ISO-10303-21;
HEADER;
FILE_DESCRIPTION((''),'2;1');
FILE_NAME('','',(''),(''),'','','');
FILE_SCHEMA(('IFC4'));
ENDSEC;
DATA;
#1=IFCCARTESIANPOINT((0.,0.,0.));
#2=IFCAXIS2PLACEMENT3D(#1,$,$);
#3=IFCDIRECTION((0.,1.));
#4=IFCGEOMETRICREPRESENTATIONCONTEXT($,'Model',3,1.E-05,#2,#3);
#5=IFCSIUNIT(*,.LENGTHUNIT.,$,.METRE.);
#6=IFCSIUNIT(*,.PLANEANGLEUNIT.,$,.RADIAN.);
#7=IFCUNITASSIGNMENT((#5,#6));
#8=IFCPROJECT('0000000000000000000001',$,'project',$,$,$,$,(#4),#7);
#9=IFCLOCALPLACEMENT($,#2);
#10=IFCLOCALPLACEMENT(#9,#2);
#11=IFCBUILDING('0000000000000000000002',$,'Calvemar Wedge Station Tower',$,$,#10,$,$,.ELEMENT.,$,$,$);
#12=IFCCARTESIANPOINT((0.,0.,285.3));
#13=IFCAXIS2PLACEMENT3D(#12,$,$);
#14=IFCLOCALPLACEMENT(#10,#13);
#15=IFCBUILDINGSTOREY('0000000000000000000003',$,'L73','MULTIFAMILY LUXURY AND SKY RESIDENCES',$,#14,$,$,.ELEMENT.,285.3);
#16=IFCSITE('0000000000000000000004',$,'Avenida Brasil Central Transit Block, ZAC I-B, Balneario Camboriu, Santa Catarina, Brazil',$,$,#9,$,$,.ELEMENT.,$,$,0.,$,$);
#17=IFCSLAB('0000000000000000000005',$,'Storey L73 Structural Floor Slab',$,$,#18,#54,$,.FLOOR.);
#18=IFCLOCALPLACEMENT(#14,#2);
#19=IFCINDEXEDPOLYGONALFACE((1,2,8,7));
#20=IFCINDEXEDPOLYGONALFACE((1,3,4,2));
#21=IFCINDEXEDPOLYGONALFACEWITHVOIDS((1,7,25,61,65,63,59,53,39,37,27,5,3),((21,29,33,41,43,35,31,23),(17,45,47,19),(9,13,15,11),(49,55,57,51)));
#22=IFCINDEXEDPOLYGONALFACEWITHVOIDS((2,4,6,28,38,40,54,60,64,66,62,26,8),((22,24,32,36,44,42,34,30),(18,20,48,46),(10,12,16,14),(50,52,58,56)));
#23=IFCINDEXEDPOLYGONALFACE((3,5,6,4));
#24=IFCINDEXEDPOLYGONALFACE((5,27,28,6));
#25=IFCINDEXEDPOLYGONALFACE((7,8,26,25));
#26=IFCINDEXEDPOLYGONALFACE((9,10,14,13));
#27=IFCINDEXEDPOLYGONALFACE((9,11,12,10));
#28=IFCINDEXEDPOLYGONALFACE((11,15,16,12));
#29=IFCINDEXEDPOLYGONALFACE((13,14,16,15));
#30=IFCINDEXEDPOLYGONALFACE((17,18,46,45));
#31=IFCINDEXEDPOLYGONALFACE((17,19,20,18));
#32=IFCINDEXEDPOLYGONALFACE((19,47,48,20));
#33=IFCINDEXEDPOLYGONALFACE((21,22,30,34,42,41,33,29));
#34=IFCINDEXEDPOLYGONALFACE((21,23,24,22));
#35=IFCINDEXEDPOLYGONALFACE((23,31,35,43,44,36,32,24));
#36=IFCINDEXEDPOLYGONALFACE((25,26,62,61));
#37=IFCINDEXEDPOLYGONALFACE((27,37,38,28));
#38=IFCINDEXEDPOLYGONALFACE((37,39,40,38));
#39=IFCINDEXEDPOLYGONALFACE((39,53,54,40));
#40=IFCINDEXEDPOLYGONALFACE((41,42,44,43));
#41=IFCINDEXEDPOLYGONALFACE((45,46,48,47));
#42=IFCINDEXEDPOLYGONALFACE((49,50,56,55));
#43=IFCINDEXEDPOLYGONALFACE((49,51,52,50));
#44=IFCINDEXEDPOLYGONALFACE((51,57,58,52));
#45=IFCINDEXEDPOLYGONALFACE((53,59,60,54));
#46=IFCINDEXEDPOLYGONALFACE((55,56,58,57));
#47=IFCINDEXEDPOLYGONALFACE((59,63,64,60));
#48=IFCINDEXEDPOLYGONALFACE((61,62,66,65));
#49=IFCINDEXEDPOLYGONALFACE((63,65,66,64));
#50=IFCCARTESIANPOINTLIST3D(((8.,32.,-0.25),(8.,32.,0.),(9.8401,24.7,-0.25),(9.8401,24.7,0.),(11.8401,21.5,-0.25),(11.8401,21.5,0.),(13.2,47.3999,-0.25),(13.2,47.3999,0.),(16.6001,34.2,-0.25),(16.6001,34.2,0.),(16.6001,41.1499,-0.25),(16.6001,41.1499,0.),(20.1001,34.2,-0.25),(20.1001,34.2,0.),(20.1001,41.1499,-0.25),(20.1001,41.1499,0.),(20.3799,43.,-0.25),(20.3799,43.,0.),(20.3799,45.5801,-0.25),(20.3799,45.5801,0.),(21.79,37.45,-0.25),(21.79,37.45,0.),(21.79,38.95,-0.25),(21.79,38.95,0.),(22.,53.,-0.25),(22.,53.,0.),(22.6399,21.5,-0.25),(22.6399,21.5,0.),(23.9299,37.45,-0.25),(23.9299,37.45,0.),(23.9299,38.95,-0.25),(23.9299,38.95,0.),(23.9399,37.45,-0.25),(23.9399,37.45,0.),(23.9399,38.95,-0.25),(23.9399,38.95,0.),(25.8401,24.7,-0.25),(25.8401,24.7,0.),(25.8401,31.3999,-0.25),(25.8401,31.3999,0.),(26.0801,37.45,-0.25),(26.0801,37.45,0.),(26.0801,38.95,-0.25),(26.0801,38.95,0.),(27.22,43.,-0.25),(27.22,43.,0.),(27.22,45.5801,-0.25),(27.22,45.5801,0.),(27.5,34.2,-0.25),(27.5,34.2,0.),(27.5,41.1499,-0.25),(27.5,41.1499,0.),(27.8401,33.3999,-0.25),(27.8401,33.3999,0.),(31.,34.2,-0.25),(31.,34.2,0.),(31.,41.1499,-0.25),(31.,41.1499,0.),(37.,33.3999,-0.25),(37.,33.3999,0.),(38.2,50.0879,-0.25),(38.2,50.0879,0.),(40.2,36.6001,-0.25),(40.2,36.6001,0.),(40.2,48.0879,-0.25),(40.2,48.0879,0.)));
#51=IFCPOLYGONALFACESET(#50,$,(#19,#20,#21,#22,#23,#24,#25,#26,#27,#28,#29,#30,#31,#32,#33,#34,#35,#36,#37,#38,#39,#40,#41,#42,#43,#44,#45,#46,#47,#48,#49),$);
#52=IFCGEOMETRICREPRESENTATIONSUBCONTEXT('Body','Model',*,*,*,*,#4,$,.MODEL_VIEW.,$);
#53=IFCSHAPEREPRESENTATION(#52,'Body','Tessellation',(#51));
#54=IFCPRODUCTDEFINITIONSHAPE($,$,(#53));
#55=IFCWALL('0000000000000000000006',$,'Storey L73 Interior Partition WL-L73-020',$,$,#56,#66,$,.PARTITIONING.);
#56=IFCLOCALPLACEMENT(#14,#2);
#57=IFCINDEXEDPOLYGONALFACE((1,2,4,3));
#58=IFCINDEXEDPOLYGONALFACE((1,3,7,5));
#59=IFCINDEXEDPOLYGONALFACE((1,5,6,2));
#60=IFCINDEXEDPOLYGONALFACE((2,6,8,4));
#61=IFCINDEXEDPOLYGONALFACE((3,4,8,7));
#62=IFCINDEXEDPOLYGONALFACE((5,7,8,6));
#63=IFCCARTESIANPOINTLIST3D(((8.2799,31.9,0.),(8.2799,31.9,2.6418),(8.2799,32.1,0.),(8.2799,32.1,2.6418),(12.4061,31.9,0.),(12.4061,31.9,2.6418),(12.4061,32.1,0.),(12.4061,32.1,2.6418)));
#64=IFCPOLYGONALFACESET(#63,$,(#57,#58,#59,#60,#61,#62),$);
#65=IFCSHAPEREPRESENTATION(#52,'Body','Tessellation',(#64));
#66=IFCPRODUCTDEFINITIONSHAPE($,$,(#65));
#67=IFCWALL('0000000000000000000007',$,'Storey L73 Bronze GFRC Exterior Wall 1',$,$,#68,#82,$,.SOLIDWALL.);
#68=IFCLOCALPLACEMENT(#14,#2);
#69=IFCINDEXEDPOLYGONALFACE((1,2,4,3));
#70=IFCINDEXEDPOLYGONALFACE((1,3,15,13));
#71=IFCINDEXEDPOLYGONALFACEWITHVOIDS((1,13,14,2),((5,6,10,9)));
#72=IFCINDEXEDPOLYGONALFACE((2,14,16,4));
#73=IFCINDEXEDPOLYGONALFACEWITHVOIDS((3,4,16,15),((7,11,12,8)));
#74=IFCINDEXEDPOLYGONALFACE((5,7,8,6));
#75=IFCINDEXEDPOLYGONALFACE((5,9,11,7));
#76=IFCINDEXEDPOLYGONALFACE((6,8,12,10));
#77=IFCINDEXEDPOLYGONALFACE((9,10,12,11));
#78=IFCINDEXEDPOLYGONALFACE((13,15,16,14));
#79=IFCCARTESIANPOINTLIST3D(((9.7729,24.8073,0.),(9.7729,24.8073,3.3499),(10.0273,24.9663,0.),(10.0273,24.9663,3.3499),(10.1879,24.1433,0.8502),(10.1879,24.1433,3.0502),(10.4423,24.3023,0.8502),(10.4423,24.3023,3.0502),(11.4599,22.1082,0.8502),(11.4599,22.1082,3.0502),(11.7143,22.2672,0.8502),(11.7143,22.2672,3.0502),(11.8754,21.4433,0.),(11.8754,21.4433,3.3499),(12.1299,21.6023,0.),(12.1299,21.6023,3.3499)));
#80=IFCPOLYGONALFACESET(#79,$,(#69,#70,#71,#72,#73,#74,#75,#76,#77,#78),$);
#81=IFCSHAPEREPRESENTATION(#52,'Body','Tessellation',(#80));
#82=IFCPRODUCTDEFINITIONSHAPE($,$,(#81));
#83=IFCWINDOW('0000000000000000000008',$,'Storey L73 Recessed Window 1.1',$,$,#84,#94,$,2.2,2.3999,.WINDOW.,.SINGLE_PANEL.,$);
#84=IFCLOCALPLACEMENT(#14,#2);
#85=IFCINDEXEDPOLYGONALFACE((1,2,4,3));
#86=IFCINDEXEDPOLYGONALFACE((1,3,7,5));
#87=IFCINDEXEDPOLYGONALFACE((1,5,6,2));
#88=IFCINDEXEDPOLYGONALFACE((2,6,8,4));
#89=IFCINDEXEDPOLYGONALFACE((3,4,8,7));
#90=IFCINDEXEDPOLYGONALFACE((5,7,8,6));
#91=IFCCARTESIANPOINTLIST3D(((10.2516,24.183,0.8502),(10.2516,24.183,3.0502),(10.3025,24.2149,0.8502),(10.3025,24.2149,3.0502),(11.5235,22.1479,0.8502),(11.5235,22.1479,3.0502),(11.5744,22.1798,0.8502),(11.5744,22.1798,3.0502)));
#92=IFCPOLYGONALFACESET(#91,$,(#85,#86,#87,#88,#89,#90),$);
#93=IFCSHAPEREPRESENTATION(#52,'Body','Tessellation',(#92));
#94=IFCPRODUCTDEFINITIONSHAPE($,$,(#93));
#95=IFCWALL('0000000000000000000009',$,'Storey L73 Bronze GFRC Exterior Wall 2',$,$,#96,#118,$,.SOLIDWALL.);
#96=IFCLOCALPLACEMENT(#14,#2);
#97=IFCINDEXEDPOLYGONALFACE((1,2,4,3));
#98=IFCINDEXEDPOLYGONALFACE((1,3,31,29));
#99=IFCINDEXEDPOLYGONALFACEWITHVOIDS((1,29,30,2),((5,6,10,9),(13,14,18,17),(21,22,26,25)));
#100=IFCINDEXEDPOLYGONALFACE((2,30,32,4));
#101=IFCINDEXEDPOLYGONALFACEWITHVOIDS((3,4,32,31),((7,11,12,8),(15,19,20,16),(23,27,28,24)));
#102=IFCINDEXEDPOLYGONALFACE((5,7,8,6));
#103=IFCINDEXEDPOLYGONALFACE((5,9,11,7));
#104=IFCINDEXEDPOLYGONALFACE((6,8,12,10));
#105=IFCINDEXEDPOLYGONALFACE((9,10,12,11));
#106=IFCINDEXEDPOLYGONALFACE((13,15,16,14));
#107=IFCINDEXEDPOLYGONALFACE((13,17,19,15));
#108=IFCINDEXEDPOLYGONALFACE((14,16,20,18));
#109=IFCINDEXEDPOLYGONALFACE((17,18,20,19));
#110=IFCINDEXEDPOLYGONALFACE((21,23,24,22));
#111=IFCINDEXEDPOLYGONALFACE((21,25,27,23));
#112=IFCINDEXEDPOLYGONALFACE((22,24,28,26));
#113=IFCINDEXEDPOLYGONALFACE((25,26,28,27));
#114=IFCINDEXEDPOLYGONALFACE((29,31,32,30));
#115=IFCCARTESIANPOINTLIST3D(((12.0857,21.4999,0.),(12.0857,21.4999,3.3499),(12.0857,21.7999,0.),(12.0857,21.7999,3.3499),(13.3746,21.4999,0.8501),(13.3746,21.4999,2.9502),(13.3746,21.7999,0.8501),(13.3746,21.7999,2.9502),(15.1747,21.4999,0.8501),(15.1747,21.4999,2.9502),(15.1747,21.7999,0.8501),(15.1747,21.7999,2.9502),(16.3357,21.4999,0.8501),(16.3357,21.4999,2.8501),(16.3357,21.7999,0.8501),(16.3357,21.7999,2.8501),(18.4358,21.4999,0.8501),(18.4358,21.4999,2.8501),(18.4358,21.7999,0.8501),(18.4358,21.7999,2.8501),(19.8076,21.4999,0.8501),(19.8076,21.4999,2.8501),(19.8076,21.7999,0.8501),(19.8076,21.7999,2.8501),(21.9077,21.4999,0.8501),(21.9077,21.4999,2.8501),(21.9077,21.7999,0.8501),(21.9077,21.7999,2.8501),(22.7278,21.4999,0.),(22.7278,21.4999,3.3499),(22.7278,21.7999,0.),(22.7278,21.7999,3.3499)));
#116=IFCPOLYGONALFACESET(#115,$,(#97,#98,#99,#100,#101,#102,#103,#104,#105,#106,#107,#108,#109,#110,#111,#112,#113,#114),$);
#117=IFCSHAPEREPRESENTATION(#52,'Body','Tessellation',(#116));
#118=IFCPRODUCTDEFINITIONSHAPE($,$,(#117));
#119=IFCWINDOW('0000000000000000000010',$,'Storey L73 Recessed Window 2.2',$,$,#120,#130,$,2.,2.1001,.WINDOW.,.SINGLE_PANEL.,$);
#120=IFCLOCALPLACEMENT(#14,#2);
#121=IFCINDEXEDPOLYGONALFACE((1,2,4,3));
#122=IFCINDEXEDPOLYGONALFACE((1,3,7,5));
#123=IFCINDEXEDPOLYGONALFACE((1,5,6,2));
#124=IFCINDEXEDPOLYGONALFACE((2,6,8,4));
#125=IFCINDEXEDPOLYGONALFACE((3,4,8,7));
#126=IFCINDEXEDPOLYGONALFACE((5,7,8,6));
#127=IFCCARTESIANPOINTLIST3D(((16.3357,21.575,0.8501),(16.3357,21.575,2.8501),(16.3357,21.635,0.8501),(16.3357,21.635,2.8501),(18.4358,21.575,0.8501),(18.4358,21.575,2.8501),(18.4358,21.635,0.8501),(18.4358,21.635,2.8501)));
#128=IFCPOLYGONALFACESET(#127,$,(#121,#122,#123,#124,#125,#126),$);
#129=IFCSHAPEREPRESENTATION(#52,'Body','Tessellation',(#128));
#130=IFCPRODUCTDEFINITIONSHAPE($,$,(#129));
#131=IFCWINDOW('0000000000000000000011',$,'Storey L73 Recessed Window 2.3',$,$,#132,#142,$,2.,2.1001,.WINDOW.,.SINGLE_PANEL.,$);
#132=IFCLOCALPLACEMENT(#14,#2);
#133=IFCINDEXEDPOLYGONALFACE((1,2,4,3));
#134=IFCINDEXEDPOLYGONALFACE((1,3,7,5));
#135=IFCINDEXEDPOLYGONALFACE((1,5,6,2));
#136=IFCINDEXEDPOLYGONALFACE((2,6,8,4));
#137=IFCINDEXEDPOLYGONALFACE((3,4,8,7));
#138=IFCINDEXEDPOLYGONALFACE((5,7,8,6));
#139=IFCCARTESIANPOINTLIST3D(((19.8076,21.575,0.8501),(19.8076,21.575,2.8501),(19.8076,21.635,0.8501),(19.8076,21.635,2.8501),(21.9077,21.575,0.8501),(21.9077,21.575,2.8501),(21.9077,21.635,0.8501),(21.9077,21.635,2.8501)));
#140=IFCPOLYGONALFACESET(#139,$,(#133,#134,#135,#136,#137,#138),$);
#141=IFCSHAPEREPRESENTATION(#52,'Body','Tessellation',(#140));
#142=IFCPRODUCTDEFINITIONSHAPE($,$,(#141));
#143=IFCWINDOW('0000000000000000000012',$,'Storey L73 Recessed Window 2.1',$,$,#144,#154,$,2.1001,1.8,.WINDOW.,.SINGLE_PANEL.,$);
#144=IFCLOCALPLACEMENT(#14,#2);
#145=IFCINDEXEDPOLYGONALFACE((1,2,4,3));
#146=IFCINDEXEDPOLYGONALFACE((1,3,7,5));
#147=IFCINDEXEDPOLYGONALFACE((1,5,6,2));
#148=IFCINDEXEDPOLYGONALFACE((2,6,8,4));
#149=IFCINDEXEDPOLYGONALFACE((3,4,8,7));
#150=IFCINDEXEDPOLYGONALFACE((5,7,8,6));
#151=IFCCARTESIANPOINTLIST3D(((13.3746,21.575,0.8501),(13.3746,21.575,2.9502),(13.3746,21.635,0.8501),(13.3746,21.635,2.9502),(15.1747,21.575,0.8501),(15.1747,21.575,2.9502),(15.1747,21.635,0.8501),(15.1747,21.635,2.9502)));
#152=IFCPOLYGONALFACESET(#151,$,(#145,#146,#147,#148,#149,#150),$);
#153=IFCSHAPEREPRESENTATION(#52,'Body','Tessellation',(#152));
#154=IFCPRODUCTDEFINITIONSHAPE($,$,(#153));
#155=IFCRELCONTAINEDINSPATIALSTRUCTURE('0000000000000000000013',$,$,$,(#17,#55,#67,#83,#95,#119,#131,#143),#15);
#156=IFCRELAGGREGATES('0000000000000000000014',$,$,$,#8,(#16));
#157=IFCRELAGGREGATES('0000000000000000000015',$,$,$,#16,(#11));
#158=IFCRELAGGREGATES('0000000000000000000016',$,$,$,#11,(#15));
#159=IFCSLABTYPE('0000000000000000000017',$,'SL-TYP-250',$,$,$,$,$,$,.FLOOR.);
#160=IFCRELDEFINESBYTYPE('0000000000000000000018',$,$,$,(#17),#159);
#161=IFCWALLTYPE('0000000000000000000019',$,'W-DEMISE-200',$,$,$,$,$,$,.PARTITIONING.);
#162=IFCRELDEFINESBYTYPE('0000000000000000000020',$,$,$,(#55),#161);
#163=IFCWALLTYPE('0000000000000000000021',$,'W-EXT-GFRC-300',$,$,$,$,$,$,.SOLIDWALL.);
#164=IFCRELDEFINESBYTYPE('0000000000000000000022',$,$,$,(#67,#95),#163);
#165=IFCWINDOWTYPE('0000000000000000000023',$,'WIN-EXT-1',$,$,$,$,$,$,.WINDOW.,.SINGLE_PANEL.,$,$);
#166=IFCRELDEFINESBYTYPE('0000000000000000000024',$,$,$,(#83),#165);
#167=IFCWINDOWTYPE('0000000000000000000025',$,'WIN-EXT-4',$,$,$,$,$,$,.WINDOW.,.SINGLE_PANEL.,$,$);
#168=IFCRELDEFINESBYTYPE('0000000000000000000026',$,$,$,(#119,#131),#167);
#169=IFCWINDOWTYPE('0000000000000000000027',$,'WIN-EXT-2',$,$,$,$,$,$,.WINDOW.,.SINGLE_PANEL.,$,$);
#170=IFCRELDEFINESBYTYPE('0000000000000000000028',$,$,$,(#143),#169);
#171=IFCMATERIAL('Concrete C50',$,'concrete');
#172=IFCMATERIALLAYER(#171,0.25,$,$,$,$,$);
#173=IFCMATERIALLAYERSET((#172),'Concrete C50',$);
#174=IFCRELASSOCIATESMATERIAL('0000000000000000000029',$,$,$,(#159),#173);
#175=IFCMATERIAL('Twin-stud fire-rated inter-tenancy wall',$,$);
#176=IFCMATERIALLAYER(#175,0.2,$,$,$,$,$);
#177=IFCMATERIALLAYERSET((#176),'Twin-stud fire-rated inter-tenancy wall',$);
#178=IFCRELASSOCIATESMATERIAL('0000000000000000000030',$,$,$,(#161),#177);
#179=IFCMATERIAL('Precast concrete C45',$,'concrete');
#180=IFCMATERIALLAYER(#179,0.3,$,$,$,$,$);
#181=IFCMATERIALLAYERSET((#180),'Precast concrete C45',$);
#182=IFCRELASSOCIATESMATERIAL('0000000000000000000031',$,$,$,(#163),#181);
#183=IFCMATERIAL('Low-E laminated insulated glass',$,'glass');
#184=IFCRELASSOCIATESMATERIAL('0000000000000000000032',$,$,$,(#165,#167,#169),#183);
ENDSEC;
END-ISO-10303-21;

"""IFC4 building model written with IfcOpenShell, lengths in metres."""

from ifc_helpers import new_model, si_unit, direction, frame, frame_2d, origin, place, context, subcontext, project, spatial, polyline, rectangle, outline, extrude, source, transform, mapped, material, layer, layer_set, type_object, element, fill, save


model = new_model("IFC4")

# Units and contexts
model_context = context("Model", 3, precision=1e-05, world=origin(), true_north=direction((0.0, 1.0)))
body_context = subcontext(model_context, "Body", "Model", "MODEL_VIEW")
ifc_project = project(units=[si_unit("LENGTHUNIT", "METRE"), si_unit("PLANEANGLEUNIT", "RADIAN")], contexts=[model_context])

# Site, building, storey
site_placement = place(None, origin())
site = spatial("IfcSite", under=ifc_project, at=site_placement, Name="Avenida Brasil Central Transit Block, ZAC I-B, Balneario Camboriu, Santa Catarina, Brazil", CompositionType="ELEMENT", RefElevation=0.0)
building_placement = place(site_placement, origin())
building = spatial("IfcBuilding", under=site, at=building_placement, Name="Calvemar Wedge Station Tower", CompositionType="ELEMENT")
storey_placement = place(building_placement, frame((0.0, 0.0, 285.3)))
storey = spatial("IfcBuildingStorey", under=building, at=storey_placement, Name="L73", Description="MULTIFAMILY LUXURY AND SKY RESIDENCES", CompositionType="ELEMENT", Elevation=285.3)

# Shared definitions
ifc_material_1 = material(Name="Concrete C50", Category="concrete")

# Slab
ifc_layer_1 = layer(ifc_material_1, 0.25)
ifc_layer_set_1 = layer_set([ifc_layer_1], Name="Concrete C50")
slab_type_1 = type_object("IfcSlabType", Name="SL-TYP-250", PredefinedType="FLOOR", material=ifc_layer_set_1)
slab_1_placement = place(storey_placement, frame((0.0, 0.0, -0.25)))
element("IfcSlab", 1, at=slab_1_placement, inside=storey, type_object=slab_type_1, Name="Storey L73 Structural Floor Slab", PredefinedType="FLOOR", context=body_context, shape_type="SweptSolid", body=[
    extrude(outline(polyline([(8.0, 32.0), (9.8401, 24.7), (11.8401, 21.5), (22.6399, 21.5), (25.8401, 24.7), (25.8401, 31.3999), (27.8401, 33.3999), (37.0, 33.3999), (40.2, 36.6001), (40.2, 48.0879), (38.2, 50.0879), (22.0, 53.0), (13.2, 47.3999), (8.0, 32.0)]), holes=[polyline([(20.1001, 34.2), (20.1001, 41.1499), (16.6001, 41.1499), (16.6001, 34.2), (20.1001, 34.2)]), polyline([(31.0, 34.2), (31.0, 41.1499), (27.5, 41.1499), (27.5, 34.2), (31.0, 34.2)]), polyline([(23.9299, 38.95), (21.79, 38.95), (21.79, 37.45), (23.9299, 37.45), (23.9399, 37.45), (26.0801, 37.45), (26.0801, 38.95), (23.9399, 38.95), (23.9299, 38.95)]), polyline([(27.22, 43.0), (27.22, 45.5801), (20.3799, 45.5801), (20.3799, 43.0), (27.22, 43.0)])]), origin(), (0.0, 0.0, 1.0), 0.25),
])

# Wall
ifc_material_2 = material(Name="Twin-stud fire-rated inter-tenancy wall")
ifc_layer_2 = layer(ifc_material_2, 0.2)
ifc_layer_set_2 = layer_set([ifc_layer_2], Name="Twin-stud fire-rated inter-tenancy wall")
wall_type_1 = type_object("IfcWallType", Name="W-DEMISE-200", PredefinedType="PARTITIONING", material=ifc_layer_set_2)
wall_1_placement = place(storey_placement, frame((12.406, 32.0, 0.0), z_axis=(0.0, 0.0, 1.0), x_axis=(-1.0, 0.0, 0.0)))
element("IfcWall", 2, at=wall_1_placement, inside=storey, type_object=wall_type_1, Name="Storey L73 Interior Partition WL-L73-020", PredefinedType="PARTITIONING", context=body_context, shape_type="SweptSolid", body=[
    extrude(rectangle(XDim=4.1262, YDim=0.2, at=frame_2d((2.063, 0.0))), origin(), (0.0, 0.0, 1.0), 2.6418),
])

# Wall, opening, window
ifc_material_3 = material(Name="Precast concrete C45", Category="concrete")
ifc_layer_3 = layer(ifc_material_3, 0.3)
ifc_layer_set_3 = layer_set([ifc_layer_3], Name="Precast concrete C45")
wall_type_2 = type_object("IfcWallType", Name="W-EXT-GFRC-300", PredefinedType="SOLIDWALL", material=ifc_layer_set_3)
wall_2_placement = place(storey_placement, frame((9.9001, 24.8867, 0.0), z_axis=(0.0, 0.0, 1.0), x_axis=(0.530004, -0.847995, 0.0)))
wall_2 = element("IfcWall", 3, at=wall_2_placement, inside=storey, type_object=wall_type_2, Name="Storey L73 Bronze GFRC Exterior Wall 1", PredefinedType="SOLIDWALL", context=body_context, shape_type="SweptSolid", body=[
    extrude(rectangle(XDim=3.967, YDim=0.3, at=frame_2d((1.9834, 0.0))), origin(), (0.0, 0.0, 1.0), 3.3499),
])
shared_shape_1 = source(origin(), body_context, "Body", "SweptSolid", [
    extrude(rectangle(XDim=2.3999, YDim=2.2, at=frame_2d((1.2, 1.1001))), frame((0.0, 0.1602, 0.0), z_axis=(0.0, -1.0, 0.0), x_axis=(1.0, 0.0, 0.0)), (0.0, 0.0, 1.0), 0.3201),
])
opening_1_placement = place(wall_2_placement, frame((0.783, 0.0, 0.8501)))
opening_1 = element("IfcOpeningElement", 4, at=opening_1_placement, cuts=wall_2, PredefinedType="OPENING", context=body_context, shape_type="MappedRepresentation", body=[
    mapped(shared_shape_1, transform((0.0, 0.0, 0.0), scale=1.0)),
])
ifc_material_4 = material(Name="Low-E laminated insulated glass", Category="glass")
window_type_1 = type_object("IfcWindowType", Name="WIN-EXT-1", PartitioningType="SINGLE_PANEL", PredefinedType="WINDOW", material=ifc_material_4)
shared_shape_2 = source(origin(), body_context, "Body", "SweptSolid", [
    extrude(rectangle(XDim=2.3999, YDim=2.2, at=frame_2d((1.2, 1.1001))), frame((0.0, -0.0149, 0.0), z_axis=(0.0, -1.0, 0.0), x_axis=(1.0, 0.0, 0.0)), (0.0, 0.0, 1.0), 0.0601),
])
window_1_placement = place(opening_1_placement, origin())
window_1 = element("IfcWindow", 5, at=window_1_placement, inside=storey, type_object=window_type_1, Name="Storey L73 Recessed Window 1.1", OverallHeight=2.2, OverallWidth=2.3999, PartitioningType="SINGLE_PANEL", PredefinedType="WINDOW", context=body_context, shape_type="MappedRepresentation", body=[
    mapped(shared_shape_2, transform((0.0, 0.0, 0.0), scale=1.0)),
])
fill(opening_1, window_1)

# Wall, openings, windows
wall_3_placement = place(storey_placement, frame((12.0857, 21.6499, 0.0), z_axis=(0.0, 0.0, 1.0), x_axis=(1.0, 0.0, 0.0)))
wall_3 = element("IfcWall", 6, at=wall_3_placement, inside=storey, type_object=wall_type_2, Name="Storey L73 Bronze GFRC Exterior Wall 2", PredefinedType="SOLIDWALL", context=body_context, shape_type="SweptSolid", body=[
    extrude(rectangle(XDim=10.6421, YDim=0.3, at=frame_2d((5.321, 0.0))), origin(), (0.0, 0.0, 1.0), 3.3499),
])
shared_shape_3 = source(origin(), body_context, "Body", "SweptSolid", [
    extrude(rectangle(XDim=1.8, YDim=2.1001, at=frame_2d((0.8999, 1.05))), frame((0.0, 0.1602, 0.0), z_axis=(0.0, -1.0, 0.0), x_axis=(1.0, 0.0, 0.0)), (0.0, 0.0, 1.0), 0.3201),
])
opening_2_placement = place(wall_3_placement, frame((1.2891, 0.0, 0.8501)))
opening_2 = element("IfcOpeningElement", 7, at=opening_2_placement, cuts=wall_3, PredefinedType="OPENING", context=body_context, shape_type="MappedRepresentation", body=[
    mapped(shared_shape_3, transform((0.0, 0.0, 0.0), scale=1.0)),
])
shared_shape_4 = source(origin(), body_context, "Body", "SweptSolid", [
    extrude(rectangle(XDim=2.1001, YDim=2.0, at=frame_2d((1.05, 1.0))), frame((0.0, 0.1602, 0.0), z_axis=(0.0, -1.0, 0.0), x_axis=(1.0, 0.0, 0.0)), (0.0, 0.0, 1.0), 0.3201),
])
opening_3_placement = place(wall_3_placement, frame((4.25, 0.0, 0.8501)))
opening_3 = element("IfcOpeningElement", 8, at=opening_3_placement, cuts=wall_3, PredefinedType="OPENING", context=body_context, shape_type="MappedRepresentation", body=[
    mapped(shared_shape_4, transform((0.0, 0.0, 0.0), scale=1.0)),
])
opening_4_placement = place(wall_3_placement, frame((7.7219, 0.0, 0.8501)))
opening_4 = element("IfcOpeningElement", 9, at=opening_4_placement, cuts=wall_3, PredefinedType="OPENING", context=body_context, shape_type="MappedRepresentation", body=[
    mapped(shared_shape_4, transform((0.0, 0.0, 0.0), scale=1.0)),
])
window_type_2 = type_object("IfcWindowType", Name="WIN-EXT-4", PartitioningType="SINGLE_PANEL", PredefinedType="WINDOW", material=ifc_material_4)
shared_shape_5 = source(origin(), body_context, "Body", "SweptSolid", [
    extrude(rectangle(XDim=2.1001, YDim=2.0, at=frame_2d((1.05, 1.0))), frame((0.0, -0.0149, 0.0), z_axis=(0.0, -1.0, 0.0), x_axis=(1.0, 0.0, 0.0)), (0.0, 0.0, 1.0), 0.0601),
])
window_2_placement = place(opening_3_placement, origin())
window_2 = element("IfcWindow", 10, at=window_2_placement, inside=storey, type_object=window_type_2, Name="Storey L73 Recessed Window 2.2", OverallHeight=2.0, OverallWidth=2.1001, PartitioningType="SINGLE_PANEL", PredefinedType="WINDOW", context=body_context, shape_type="MappedRepresentation", body=[
    mapped(shared_shape_5, transform((0.0, 0.0, 0.0), scale=1.0)),
])
fill(opening_3, window_2)
window_3_placement = place(opening_4_placement, origin())
window_3 = element("IfcWindow", 11, at=window_3_placement, inside=storey, type_object=window_type_2, Name="Storey L73 Recessed Window 2.3", OverallHeight=2.0, OverallWidth=2.1001, PartitioningType="SINGLE_PANEL", PredefinedType="WINDOW", context=body_context, shape_type="MappedRepresentation", body=[
    mapped(shared_shape_5, transform((0.0, 0.0, 0.0), scale=1.0)),
])
fill(opening_4, window_3)
window_type_3 = type_object("IfcWindowType", Name="WIN-EXT-2", PartitioningType="SINGLE_PANEL", PredefinedType="WINDOW", material=ifc_material_4)
shared_shape_6 = source(origin(), body_context, "Body", "SweptSolid", [
    extrude(rectangle(XDim=1.8, YDim=2.1001, at=frame_2d((0.8999, 1.05))), frame((0.0, -0.0149, 0.0), z_axis=(0.0, -1.0, 0.0), x_axis=(1.0, 0.0, 0.0)), (0.0, 0.0, 1.0), 0.0601),
])
window_4_placement = place(opening_2_placement, origin())
window_4 = element("IfcWindow", 12, at=window_4_placement, inside=storey, type_object=window_type_3, Name="Storey L73 Recessed Window 2.1", OverallHeight=2.1001, OverallWidth=1.8, PartitioningType="SINGLE_PANEL", PredefinedType="WINDOW", context=body_context, shape_type="MappedRepresentation", body=[
    mapped(shared_shape_6, transform((0.0, 0.0, 0.0), scale=1.0)),
])
fill(opening_2, window_4)

save(model, "model.ifc")
